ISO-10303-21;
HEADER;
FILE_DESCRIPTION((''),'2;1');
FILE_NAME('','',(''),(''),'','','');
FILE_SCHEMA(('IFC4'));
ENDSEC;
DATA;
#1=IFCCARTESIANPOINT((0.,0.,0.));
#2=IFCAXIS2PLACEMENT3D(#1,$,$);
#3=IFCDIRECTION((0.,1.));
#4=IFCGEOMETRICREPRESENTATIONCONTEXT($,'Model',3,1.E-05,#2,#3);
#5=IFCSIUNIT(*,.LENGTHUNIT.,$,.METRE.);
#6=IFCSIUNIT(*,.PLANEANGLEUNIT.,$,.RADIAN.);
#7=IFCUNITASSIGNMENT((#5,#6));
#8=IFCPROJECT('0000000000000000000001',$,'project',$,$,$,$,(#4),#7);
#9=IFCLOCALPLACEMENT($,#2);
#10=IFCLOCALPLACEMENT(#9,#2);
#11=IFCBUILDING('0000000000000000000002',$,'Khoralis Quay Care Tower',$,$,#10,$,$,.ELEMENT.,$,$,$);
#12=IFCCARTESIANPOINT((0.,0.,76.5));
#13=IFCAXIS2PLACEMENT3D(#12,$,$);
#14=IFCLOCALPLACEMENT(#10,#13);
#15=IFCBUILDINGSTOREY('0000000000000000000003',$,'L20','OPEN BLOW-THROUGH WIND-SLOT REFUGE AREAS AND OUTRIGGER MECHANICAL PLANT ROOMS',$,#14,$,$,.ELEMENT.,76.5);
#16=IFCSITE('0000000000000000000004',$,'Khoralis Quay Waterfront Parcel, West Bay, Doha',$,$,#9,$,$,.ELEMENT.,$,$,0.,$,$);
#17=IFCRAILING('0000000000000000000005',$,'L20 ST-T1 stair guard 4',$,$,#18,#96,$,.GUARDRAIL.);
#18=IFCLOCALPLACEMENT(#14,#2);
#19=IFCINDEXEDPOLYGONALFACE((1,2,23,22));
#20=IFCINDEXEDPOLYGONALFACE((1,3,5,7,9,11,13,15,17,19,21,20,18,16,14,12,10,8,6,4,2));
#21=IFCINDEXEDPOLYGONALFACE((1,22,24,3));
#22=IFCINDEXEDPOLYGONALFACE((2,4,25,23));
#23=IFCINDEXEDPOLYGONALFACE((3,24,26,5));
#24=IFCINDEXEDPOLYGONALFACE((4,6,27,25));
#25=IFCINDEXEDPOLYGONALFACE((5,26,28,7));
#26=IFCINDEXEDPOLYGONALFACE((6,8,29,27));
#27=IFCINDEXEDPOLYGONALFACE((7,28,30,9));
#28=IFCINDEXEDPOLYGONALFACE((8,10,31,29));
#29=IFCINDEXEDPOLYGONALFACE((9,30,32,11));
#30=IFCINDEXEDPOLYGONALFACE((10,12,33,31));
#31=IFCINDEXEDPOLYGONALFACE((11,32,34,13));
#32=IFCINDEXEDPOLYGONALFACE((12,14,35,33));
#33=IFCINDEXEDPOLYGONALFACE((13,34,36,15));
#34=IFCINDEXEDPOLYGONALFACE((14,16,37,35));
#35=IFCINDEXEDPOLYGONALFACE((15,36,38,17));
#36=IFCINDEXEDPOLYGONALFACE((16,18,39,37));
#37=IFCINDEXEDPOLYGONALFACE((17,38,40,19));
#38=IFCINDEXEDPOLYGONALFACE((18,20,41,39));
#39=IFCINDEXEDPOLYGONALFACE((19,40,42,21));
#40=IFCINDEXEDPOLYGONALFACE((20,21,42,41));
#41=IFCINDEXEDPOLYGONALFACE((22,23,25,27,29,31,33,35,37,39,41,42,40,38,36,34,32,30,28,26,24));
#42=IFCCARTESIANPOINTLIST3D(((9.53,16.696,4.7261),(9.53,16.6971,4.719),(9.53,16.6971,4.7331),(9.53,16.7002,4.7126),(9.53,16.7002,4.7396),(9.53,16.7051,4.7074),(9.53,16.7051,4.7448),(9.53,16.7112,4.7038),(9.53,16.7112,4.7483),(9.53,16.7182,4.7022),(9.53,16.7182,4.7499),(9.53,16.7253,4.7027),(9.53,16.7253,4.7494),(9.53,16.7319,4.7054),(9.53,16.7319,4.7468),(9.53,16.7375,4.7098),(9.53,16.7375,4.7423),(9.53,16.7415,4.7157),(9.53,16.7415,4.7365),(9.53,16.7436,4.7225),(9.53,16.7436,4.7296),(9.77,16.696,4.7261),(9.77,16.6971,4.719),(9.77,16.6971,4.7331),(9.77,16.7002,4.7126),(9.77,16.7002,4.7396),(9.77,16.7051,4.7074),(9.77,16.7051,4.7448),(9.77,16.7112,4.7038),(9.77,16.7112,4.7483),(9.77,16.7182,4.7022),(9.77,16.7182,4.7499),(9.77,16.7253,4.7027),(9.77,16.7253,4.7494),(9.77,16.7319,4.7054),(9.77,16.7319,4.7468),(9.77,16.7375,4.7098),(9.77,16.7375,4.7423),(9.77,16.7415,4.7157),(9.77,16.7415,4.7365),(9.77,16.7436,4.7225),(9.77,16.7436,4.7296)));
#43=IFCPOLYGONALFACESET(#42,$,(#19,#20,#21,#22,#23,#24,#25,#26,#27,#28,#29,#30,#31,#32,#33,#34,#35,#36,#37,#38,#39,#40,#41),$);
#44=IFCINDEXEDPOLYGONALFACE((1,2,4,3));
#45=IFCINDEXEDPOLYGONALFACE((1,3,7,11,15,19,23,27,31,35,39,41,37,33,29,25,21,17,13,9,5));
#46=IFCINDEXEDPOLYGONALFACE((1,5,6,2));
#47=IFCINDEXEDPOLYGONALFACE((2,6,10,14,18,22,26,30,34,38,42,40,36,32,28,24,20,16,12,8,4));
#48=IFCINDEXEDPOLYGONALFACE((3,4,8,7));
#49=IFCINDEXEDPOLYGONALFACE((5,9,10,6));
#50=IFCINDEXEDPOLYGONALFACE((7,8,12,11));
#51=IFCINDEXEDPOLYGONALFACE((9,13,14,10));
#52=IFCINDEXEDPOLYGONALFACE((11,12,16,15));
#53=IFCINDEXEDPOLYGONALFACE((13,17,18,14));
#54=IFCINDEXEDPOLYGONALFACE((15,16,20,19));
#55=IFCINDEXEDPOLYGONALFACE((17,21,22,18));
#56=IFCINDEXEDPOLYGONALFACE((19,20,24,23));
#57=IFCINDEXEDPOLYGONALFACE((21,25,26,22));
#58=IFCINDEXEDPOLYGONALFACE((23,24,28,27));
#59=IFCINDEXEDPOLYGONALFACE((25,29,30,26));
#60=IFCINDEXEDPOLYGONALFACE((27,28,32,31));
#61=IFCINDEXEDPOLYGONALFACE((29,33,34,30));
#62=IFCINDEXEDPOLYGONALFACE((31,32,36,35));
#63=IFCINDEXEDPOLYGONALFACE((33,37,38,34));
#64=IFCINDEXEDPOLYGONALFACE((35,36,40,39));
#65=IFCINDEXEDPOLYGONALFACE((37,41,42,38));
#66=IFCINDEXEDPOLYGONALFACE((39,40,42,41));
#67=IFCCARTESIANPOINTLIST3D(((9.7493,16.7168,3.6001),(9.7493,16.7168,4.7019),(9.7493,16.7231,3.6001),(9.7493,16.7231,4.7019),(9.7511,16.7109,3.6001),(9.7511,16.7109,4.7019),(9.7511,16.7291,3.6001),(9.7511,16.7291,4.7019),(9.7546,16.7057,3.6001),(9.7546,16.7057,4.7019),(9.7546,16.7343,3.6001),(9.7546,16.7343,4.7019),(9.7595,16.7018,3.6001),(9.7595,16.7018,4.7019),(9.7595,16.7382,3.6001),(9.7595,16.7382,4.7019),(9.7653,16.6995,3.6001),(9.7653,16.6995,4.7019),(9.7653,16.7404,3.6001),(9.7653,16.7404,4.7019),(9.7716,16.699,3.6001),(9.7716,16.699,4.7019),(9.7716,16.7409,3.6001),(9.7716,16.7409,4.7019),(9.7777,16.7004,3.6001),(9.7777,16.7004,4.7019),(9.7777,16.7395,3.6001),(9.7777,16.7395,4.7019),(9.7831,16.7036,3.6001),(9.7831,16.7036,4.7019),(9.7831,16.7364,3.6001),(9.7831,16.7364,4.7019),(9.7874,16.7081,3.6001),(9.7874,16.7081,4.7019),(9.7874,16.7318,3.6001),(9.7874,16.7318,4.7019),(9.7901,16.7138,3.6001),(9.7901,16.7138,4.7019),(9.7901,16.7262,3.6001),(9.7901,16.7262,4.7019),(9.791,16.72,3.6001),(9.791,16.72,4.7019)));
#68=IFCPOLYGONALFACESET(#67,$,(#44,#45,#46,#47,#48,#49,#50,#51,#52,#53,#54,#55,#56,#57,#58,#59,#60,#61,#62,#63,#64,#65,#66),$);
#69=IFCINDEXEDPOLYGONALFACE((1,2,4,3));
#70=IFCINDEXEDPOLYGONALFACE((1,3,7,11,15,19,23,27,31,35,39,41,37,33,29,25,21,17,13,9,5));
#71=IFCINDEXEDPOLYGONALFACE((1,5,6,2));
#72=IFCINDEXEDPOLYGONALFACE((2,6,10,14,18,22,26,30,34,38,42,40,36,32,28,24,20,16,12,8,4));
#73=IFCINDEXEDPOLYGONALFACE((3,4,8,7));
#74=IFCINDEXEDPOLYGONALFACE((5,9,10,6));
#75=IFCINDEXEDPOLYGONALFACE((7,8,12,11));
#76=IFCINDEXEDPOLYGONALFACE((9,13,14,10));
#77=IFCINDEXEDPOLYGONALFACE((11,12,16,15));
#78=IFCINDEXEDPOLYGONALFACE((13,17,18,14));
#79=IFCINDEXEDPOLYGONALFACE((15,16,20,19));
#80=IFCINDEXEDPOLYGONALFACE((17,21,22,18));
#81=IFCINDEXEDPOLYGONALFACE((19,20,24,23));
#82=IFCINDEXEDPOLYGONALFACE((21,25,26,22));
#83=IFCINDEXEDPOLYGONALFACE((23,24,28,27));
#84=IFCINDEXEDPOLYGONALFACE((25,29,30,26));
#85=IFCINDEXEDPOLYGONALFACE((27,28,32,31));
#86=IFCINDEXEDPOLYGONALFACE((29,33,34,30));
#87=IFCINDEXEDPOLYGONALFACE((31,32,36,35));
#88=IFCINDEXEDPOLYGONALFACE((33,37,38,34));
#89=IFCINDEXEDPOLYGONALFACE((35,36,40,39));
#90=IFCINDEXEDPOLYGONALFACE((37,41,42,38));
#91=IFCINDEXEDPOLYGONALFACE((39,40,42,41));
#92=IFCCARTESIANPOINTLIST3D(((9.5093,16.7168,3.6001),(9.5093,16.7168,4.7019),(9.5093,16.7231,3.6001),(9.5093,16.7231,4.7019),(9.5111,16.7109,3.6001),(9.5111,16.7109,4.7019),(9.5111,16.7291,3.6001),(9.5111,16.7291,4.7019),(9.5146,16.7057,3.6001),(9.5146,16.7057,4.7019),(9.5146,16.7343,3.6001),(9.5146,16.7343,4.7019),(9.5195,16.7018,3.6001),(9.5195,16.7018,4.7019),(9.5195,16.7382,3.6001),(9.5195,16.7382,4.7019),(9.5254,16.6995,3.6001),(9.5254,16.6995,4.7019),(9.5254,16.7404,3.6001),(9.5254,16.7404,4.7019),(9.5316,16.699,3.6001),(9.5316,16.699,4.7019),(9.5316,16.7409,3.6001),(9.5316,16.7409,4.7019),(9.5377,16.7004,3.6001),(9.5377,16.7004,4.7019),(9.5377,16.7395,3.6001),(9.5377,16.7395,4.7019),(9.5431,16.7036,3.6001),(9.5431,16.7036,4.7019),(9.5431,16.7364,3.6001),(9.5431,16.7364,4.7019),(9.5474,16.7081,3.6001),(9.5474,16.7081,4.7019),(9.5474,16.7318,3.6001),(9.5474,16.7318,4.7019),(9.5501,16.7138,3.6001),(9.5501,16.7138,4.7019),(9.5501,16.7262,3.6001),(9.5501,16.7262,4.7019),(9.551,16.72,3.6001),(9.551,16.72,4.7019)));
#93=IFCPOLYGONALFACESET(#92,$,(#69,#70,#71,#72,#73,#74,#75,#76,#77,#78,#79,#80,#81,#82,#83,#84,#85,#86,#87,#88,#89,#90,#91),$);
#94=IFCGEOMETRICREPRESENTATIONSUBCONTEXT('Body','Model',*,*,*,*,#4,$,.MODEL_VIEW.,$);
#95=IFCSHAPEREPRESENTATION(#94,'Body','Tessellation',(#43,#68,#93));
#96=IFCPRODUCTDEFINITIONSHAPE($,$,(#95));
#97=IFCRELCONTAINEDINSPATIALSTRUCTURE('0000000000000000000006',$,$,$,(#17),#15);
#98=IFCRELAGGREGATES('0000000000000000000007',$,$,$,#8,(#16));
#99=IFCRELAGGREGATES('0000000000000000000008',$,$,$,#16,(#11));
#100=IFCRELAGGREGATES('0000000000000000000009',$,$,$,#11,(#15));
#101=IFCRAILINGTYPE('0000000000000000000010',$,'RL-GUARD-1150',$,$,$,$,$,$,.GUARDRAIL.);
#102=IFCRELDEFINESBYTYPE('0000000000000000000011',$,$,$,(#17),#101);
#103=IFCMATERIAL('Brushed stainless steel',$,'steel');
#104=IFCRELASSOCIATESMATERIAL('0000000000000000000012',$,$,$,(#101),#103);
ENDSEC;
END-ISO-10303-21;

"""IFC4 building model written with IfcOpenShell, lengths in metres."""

from ifc_helpers import new_model, si_unit, direction, frame, origin, origin_2d, place, context, subcontext, project, spatial, circle, extrude, material, type_object, element, save


model = new_model("IFC4")

# Units and contexts
model_context = context("Model", 3, precision=1e-05, world=origin(), true_north=direction((0.0, 1.0)))
body_context = subcontext(model_context, "Body", "Model", "MODEL_VIEW")
ifc_project = project(units=[si_unit("LENGTHUNIT", "METRE"), si_unit("PLANEANGLEUNIT", "RADIAN")], contexts=[model_context])

# Site, building, storey
site_placement = place(None, origin())
site = spatial("IfcSite", under=ifc_project, at=site_placement, Name="Khoralis Quay Waterfront Parcel, West Bay, Doha", CompositionType="ELEMENT", RefElevation=0.0)
building_placement = place(site_placement, origin())
building = spatial("IfcBuilding", under=site, at=building_placement, Name="Khoralis Quay Care Tower", CompositionType="ELEMENT")
storey_placement = place(building_placement, frame((0.0, 0.0, 76.5)))
storey = spatial("IfcBuildingStorey", under=building, at=storey_placement, Name="L20", Description="OPEN BLOW-THROUGH WIND-SLOT REFUGE AREAS AND OUTRIGGER MECHANICAL PLANT ROOMS", CompositionType="ELEMENT", Elevation=76.5)

# Shared definitions
ifc_material_1 = material(Name="Brushed stainless steel", Category="steel")

# Railing
railing_type = type_object("IfcRailingType", Name="RL-GUARD-1150", PredefinedType="GUARDRAIL", material=ifc_material_1)
railing_1_placement = place(storey_placement, frame((9.77, 16.72, 3.6001)))
element("IfcRailing", 1, at=railing_1_placement, inside=storey, type_object=railing_type, Name="L20 ST-T1 stair guard 4", PredefinedType="GUARDRAIL", context=body_context, shape_type="SweptSolid", body=[
    extrude(circle(Radius=0.0239, at=origin_2d()), frame((0.0, 0.0, 1.126), z_axis=(-1.0, 0.0, 0.0), x_axis=(0.0, -1.0, 0.0)), (0.0, 0.0, 1.0), 0.24),
    extrude(circle(Radius=0.021, at=origin_2d()), origin(), (0.0, 0.0, 1.0), 1.1018),
    extrude(circle(Radius=0.021, at=origin_2d()), frame((-0.24, 0.0, 0.0)), (0.0, 0.0, 1.0), 1.1018),
])

save(model, "model.ifc")
